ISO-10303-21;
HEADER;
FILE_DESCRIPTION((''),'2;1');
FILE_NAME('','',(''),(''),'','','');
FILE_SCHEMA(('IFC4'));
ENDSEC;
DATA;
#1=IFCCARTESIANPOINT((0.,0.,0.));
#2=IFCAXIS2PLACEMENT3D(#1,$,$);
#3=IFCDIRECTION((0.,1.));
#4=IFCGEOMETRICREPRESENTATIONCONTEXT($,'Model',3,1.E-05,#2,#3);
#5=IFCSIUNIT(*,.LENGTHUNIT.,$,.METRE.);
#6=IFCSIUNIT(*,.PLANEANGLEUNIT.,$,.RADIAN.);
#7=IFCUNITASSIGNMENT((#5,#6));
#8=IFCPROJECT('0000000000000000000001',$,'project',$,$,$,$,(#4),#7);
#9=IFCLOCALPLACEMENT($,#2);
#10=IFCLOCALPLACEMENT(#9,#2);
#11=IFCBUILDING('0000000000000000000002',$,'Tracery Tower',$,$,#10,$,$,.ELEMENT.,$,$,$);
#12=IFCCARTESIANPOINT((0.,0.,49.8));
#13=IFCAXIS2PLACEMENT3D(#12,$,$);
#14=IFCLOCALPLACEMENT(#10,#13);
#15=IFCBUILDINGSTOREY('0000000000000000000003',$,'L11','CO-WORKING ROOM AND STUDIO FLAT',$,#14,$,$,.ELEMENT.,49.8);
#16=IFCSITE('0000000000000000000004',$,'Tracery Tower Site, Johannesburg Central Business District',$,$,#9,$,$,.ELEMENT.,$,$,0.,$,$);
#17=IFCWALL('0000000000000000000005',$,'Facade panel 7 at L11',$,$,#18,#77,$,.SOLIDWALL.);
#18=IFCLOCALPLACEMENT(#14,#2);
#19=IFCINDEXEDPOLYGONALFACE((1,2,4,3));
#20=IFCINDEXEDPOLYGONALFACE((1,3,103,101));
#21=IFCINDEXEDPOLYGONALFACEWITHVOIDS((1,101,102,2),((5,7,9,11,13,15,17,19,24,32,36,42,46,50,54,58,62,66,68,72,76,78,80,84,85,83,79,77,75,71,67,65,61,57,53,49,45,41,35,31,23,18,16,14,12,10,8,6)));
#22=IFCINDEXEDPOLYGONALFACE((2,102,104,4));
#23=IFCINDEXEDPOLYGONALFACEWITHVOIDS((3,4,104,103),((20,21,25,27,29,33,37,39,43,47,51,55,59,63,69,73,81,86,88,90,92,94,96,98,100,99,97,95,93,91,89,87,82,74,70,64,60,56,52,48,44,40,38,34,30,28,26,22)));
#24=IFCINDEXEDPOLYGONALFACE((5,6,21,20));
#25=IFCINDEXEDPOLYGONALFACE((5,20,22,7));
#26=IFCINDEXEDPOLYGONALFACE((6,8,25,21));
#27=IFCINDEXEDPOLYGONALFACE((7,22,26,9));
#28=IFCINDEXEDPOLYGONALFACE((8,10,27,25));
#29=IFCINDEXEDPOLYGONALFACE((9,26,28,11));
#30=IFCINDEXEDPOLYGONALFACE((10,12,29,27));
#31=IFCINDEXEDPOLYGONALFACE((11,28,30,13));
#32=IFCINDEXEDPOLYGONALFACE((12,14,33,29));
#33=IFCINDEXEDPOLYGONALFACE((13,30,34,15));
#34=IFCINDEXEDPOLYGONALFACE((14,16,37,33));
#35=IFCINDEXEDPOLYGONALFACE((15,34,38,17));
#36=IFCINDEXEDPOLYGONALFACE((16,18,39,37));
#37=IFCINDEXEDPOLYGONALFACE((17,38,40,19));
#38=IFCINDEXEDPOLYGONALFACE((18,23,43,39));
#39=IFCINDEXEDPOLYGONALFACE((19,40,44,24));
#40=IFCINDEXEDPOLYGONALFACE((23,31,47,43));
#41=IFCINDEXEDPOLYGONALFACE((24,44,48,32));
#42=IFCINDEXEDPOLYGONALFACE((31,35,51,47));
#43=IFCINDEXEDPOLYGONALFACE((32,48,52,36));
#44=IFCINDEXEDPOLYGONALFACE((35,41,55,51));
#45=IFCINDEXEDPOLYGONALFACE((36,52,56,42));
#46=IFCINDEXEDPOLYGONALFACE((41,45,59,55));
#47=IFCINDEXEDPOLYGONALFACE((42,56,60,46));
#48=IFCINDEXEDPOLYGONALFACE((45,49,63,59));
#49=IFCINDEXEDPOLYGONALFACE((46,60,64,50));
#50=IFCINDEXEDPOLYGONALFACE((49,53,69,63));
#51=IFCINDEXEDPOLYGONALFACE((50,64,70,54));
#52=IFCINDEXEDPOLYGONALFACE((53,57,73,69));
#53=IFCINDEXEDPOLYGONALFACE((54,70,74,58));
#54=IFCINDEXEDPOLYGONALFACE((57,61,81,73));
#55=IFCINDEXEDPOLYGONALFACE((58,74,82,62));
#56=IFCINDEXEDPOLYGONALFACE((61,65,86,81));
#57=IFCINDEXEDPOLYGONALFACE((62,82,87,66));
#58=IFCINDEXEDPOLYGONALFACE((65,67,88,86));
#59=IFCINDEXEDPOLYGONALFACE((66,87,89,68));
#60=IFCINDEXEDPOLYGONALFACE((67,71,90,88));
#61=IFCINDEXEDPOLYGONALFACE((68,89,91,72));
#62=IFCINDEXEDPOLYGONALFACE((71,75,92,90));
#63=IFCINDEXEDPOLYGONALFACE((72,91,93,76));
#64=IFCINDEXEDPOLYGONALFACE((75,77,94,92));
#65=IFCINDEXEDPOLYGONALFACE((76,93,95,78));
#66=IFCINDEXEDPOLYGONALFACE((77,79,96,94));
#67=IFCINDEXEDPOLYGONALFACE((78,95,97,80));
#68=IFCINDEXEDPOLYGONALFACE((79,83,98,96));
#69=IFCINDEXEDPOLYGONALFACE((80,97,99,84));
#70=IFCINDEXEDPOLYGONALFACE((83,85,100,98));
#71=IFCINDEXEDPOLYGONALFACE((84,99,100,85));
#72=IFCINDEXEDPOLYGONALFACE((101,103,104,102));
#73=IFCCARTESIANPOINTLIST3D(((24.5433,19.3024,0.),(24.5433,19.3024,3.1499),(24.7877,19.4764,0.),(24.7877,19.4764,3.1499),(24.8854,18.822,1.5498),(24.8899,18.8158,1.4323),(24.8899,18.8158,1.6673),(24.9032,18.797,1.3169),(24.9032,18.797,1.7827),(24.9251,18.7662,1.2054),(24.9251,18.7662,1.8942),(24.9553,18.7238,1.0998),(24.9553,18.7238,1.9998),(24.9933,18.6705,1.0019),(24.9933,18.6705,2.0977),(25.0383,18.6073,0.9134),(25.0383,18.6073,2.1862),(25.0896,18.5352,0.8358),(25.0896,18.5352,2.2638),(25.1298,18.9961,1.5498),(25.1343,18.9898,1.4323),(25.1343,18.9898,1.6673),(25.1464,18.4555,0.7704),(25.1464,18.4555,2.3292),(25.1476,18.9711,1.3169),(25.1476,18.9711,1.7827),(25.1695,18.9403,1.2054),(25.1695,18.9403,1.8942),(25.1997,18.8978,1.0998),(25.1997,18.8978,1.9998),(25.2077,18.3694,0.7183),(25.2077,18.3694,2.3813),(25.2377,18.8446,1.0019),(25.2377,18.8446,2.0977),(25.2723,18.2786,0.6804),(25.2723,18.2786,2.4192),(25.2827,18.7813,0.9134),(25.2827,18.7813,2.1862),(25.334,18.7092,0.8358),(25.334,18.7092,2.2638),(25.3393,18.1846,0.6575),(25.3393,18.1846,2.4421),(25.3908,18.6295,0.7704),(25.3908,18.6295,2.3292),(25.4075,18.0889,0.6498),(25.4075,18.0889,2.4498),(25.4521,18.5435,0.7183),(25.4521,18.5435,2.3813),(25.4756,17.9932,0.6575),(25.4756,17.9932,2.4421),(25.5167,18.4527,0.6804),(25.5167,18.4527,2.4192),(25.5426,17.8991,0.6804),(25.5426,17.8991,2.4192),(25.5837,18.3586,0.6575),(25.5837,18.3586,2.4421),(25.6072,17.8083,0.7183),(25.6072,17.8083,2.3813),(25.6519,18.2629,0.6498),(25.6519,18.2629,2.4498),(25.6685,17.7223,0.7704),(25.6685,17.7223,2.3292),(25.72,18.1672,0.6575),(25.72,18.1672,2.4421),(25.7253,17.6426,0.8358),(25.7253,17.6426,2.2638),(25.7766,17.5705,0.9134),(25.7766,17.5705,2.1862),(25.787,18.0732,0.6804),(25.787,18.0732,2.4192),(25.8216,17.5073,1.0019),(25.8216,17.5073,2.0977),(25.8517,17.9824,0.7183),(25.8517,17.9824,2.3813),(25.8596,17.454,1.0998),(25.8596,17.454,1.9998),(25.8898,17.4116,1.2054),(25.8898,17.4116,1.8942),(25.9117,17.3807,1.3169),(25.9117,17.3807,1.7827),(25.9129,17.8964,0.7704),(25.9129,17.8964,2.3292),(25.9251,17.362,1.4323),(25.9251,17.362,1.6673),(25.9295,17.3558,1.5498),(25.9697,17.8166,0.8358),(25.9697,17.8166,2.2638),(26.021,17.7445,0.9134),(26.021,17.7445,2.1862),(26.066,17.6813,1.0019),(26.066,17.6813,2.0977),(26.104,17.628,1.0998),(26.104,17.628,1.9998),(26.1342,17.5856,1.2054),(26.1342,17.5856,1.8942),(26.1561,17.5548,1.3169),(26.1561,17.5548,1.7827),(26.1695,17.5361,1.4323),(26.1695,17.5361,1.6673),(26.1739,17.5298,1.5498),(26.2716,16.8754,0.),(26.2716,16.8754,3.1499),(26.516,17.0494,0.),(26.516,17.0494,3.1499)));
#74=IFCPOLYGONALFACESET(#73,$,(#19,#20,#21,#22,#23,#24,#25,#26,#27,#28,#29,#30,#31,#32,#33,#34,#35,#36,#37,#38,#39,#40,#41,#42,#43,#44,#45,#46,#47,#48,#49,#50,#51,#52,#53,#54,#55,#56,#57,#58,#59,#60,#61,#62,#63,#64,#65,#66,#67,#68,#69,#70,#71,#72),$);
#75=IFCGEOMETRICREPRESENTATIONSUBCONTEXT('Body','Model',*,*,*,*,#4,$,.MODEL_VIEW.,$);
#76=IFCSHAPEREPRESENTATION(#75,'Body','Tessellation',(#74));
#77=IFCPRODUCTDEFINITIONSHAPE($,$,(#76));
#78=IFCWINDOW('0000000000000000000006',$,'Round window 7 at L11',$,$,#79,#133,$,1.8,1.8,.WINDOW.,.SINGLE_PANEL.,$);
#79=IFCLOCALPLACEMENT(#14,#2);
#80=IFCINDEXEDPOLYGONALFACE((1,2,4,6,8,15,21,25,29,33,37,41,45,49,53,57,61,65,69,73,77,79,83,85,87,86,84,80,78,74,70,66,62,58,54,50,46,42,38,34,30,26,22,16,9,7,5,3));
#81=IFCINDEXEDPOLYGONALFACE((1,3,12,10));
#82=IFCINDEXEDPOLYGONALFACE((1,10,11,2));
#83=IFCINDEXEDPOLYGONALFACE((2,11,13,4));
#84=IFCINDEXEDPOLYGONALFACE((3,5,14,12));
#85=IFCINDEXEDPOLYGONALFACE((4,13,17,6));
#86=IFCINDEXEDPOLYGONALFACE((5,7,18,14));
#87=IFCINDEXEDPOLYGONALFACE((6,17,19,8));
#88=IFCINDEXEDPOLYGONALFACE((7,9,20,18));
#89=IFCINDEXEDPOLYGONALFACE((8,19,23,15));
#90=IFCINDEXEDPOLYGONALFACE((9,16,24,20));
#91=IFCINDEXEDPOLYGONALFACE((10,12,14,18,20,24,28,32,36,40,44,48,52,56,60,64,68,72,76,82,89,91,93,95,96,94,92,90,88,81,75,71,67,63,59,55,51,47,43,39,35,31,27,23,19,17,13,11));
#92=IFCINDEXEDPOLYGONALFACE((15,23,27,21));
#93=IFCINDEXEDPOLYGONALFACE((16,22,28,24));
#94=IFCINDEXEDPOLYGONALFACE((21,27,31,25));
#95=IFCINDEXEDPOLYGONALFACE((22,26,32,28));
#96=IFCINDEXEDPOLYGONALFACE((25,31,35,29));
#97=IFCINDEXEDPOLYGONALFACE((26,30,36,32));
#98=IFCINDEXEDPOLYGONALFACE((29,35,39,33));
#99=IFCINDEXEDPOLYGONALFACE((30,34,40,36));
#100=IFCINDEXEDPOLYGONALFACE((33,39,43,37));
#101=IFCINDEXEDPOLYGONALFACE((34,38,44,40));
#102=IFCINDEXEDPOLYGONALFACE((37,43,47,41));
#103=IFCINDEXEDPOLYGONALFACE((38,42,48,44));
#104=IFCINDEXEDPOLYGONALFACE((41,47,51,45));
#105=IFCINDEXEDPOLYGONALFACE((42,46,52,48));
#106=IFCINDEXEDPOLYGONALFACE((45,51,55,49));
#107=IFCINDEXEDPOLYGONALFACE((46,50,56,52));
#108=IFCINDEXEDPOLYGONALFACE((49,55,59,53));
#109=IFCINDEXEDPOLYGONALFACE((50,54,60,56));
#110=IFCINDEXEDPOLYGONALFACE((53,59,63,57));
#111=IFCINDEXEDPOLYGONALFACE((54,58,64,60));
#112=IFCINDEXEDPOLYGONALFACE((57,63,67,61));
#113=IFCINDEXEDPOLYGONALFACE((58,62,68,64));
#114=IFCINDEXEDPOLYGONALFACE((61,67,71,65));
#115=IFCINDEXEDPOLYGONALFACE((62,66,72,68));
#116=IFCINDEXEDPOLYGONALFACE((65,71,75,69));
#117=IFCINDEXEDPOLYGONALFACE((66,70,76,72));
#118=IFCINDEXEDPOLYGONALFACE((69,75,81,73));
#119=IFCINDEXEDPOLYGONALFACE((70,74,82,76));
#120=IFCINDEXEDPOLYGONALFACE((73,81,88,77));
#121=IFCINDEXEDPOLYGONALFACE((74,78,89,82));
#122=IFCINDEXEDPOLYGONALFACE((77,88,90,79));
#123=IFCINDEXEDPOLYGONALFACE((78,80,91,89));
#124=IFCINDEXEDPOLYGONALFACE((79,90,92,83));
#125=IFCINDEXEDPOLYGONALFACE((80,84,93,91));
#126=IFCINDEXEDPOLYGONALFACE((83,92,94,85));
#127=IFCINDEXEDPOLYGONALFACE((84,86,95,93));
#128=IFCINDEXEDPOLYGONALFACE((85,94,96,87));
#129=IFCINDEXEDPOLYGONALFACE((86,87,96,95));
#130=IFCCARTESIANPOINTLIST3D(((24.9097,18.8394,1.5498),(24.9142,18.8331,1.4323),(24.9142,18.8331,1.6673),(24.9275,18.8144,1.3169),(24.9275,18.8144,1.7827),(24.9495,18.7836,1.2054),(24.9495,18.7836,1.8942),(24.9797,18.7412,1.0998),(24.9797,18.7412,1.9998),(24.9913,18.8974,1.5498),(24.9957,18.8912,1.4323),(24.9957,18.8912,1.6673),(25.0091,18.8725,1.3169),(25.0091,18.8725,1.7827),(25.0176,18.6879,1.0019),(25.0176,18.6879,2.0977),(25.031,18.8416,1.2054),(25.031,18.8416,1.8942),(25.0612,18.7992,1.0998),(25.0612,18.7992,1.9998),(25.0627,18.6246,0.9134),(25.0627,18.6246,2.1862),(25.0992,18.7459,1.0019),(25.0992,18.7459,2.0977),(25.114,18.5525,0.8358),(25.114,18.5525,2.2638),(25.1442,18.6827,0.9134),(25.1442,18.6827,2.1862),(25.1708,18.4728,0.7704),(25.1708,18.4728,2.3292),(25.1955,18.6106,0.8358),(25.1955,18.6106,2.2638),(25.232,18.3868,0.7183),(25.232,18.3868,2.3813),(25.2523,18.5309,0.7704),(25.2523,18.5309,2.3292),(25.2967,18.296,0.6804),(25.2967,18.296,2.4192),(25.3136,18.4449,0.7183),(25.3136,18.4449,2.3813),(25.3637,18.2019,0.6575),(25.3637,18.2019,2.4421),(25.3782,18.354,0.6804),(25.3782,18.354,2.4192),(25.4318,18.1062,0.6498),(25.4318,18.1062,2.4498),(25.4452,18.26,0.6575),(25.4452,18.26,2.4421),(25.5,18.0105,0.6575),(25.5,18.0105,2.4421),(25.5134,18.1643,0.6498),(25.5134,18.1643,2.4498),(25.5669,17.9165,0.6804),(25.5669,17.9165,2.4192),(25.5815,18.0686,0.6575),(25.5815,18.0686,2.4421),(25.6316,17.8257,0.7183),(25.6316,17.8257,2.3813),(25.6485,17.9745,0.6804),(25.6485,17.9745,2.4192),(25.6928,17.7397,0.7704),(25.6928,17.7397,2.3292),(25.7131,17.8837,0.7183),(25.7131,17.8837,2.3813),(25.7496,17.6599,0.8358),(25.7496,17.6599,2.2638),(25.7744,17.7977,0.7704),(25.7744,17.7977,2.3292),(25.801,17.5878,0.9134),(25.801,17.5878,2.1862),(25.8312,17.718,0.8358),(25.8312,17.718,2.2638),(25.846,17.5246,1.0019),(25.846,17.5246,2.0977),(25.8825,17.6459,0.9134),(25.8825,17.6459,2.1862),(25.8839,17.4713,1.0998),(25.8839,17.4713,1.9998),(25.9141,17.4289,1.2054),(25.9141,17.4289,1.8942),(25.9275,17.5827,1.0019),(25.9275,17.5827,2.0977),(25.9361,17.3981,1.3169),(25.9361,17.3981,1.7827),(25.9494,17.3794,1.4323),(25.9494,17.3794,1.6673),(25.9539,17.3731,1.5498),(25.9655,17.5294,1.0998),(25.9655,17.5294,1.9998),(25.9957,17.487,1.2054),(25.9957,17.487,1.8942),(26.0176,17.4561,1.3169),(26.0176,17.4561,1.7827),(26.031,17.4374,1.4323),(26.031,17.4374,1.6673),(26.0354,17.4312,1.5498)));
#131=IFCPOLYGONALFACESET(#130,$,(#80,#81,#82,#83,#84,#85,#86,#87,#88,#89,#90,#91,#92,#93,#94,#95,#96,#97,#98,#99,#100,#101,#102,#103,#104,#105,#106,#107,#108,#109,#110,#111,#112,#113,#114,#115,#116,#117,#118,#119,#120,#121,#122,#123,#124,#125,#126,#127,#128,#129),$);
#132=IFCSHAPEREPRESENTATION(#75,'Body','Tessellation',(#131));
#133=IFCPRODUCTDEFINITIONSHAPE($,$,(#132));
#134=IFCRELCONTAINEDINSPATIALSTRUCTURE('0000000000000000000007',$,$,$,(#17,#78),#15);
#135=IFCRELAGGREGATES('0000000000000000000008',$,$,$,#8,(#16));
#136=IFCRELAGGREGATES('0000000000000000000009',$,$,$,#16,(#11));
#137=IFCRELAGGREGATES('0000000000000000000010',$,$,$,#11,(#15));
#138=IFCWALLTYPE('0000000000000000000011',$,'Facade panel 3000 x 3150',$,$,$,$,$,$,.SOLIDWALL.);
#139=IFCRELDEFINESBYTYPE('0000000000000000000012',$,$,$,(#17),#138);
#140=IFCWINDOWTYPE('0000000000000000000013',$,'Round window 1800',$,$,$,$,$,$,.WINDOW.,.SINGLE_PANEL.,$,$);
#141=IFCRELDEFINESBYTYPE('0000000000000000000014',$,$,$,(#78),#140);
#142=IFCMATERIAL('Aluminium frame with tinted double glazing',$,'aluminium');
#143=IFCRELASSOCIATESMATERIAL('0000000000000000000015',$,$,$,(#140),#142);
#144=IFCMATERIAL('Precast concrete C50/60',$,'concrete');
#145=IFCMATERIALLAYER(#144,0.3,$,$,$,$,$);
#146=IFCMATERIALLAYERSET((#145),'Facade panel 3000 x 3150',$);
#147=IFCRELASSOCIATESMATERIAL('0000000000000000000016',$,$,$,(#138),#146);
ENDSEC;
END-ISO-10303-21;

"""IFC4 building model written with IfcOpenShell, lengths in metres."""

from ifc_helpers import new_model, si_unit, direction, frame, frame_2d, origin, origin_2d, place, context, subcontext, project, spatial, rectangle, circle, extrude, material, layer, layer_set, type_object, element, fill, save


model = new_model("IFC4")

# Units and contexts
model_context = context("Model", 3, precision=1e-05, world=origin(), true_north=direction((0.0, 1.0)))
body_context = subcontext(model_context, "Body", "Model", "MODEL_VIEW")
ifc_project = project(units=[si_unit("LENGTHUNIT", "METRE"), si_unit("PLANEANGLEUNIT", "RADIAN")], contexts=[model_context])

# Site, building, storey
site_placement = place(None, origin())
site = spatial("IfcSite", under=ifc_project, at=site_placement, Name="Tracery Tower Site, Johannesburg Central Business District", CompositionType="ELEMENT", RefElevation=0.0)
building_placement = place(site_placement, origin())
building = spatial("IfcBuilding", under=site, at=building_placement, Name="Tracery Tower", CompositionType="ELEMENT")
storey_placement = place(building_placement, frame((0.0, 0.0, 49.8)))
storey = spatial("IfcBuildingStorey", under=building, at=storey_placement, Name="L11", Description="CO-WORKING ROOM AND STUDIO FLAT", CompositionType="ELEMENT", Elevation=49.8)

# Wall, opening, window
ifc_material_1 = material(Name="Aluminium frame with tinted double glazing", Category="aluminium")
window_type = type_object("IfcWindowType", Name="Round window 1800", PartitioningType="SINGLE_PANEL", PredefinedType="WINDOW", material=ifc_material_1)
ifc_material_2 = material(Name="Precast concrete C50/60", Category="concrete")
ifc_layer_1 = layer(ifc_material_2, 0.3)
ifc_layer_set_1 = layer_set([ifc_layer_1], Name="Facade panel 3000 x 3150")
wall_type_1 = type_object("IfcWallType", Name="Facade panel 3000 x 3150", PredefinedType="SOLIDWALL", material=ifc_layer_set_1)
wall_1_placement = place(storey_placement, frame((26.3938, 16.9624, 0.0), z_axis=(0.0, 0.0, 1.0), x_axis=(-0.580059, 0.814574, 0.0)))
wall_1 = element("IfcWall", 1, at=wall_1_placement, inside=storey, type_object=wall_type_1, Name="Facade panel 7 at L11", PredefinedType="SOLIDWALL", context=body_context, shape_type="SweptSolid", body=[
    extrude(rectangle(XDim=2.9795, YDim=0.3, at=frame_2d((1.4897, 0.0))), origin(), (0.0, 0.0, 1.0), 3.1499),
])
opening_1_placement = place(wall_1_placement, frame((1.4897, 0.0, 1.5498)))
opening_1 = element("IfcOpeningElement", 2, at=opening_1_placement, cuts=wall_1, PredefinedType="OPENING", context=body_context, shape_type="SweptSolid", body=[
    extrude(circle(Radius=0.9, at=origin_2d()), frame((0.0, 0.1599, 0.0), z_axis=(0.0, -1.0, 0.0), x_axis=(1.0, 0.0, 0.0)), (0.0, 0.0, 1.0), 0.3201),
])
window_1_placement = place(opening_1_placement, origin())
window_1 = element("IfcWindow", 3, at=window_1_placement, inside=storey, type_object=window_type, Name="Round window 7 at L11", OverallHeight=1.8, OverallWidth=1.8, PartitioningType="SINGLE_PANEL", PredefinedType="WINDOW", context=body_context, shape_type="SweptSolid", body=[
    extrude(circle(Radius=0.9, at=origin_2d()), frame((0.0, 0.1201, 0.0), z_axis=(0.0, -1.0, 0.0), x_axis=(1.0, 0.0, 0.0)), (0.0, 0.0, 1.0), 0.1001),
])
fill(opening_1, window_1)

save(model, "model.ifc")
